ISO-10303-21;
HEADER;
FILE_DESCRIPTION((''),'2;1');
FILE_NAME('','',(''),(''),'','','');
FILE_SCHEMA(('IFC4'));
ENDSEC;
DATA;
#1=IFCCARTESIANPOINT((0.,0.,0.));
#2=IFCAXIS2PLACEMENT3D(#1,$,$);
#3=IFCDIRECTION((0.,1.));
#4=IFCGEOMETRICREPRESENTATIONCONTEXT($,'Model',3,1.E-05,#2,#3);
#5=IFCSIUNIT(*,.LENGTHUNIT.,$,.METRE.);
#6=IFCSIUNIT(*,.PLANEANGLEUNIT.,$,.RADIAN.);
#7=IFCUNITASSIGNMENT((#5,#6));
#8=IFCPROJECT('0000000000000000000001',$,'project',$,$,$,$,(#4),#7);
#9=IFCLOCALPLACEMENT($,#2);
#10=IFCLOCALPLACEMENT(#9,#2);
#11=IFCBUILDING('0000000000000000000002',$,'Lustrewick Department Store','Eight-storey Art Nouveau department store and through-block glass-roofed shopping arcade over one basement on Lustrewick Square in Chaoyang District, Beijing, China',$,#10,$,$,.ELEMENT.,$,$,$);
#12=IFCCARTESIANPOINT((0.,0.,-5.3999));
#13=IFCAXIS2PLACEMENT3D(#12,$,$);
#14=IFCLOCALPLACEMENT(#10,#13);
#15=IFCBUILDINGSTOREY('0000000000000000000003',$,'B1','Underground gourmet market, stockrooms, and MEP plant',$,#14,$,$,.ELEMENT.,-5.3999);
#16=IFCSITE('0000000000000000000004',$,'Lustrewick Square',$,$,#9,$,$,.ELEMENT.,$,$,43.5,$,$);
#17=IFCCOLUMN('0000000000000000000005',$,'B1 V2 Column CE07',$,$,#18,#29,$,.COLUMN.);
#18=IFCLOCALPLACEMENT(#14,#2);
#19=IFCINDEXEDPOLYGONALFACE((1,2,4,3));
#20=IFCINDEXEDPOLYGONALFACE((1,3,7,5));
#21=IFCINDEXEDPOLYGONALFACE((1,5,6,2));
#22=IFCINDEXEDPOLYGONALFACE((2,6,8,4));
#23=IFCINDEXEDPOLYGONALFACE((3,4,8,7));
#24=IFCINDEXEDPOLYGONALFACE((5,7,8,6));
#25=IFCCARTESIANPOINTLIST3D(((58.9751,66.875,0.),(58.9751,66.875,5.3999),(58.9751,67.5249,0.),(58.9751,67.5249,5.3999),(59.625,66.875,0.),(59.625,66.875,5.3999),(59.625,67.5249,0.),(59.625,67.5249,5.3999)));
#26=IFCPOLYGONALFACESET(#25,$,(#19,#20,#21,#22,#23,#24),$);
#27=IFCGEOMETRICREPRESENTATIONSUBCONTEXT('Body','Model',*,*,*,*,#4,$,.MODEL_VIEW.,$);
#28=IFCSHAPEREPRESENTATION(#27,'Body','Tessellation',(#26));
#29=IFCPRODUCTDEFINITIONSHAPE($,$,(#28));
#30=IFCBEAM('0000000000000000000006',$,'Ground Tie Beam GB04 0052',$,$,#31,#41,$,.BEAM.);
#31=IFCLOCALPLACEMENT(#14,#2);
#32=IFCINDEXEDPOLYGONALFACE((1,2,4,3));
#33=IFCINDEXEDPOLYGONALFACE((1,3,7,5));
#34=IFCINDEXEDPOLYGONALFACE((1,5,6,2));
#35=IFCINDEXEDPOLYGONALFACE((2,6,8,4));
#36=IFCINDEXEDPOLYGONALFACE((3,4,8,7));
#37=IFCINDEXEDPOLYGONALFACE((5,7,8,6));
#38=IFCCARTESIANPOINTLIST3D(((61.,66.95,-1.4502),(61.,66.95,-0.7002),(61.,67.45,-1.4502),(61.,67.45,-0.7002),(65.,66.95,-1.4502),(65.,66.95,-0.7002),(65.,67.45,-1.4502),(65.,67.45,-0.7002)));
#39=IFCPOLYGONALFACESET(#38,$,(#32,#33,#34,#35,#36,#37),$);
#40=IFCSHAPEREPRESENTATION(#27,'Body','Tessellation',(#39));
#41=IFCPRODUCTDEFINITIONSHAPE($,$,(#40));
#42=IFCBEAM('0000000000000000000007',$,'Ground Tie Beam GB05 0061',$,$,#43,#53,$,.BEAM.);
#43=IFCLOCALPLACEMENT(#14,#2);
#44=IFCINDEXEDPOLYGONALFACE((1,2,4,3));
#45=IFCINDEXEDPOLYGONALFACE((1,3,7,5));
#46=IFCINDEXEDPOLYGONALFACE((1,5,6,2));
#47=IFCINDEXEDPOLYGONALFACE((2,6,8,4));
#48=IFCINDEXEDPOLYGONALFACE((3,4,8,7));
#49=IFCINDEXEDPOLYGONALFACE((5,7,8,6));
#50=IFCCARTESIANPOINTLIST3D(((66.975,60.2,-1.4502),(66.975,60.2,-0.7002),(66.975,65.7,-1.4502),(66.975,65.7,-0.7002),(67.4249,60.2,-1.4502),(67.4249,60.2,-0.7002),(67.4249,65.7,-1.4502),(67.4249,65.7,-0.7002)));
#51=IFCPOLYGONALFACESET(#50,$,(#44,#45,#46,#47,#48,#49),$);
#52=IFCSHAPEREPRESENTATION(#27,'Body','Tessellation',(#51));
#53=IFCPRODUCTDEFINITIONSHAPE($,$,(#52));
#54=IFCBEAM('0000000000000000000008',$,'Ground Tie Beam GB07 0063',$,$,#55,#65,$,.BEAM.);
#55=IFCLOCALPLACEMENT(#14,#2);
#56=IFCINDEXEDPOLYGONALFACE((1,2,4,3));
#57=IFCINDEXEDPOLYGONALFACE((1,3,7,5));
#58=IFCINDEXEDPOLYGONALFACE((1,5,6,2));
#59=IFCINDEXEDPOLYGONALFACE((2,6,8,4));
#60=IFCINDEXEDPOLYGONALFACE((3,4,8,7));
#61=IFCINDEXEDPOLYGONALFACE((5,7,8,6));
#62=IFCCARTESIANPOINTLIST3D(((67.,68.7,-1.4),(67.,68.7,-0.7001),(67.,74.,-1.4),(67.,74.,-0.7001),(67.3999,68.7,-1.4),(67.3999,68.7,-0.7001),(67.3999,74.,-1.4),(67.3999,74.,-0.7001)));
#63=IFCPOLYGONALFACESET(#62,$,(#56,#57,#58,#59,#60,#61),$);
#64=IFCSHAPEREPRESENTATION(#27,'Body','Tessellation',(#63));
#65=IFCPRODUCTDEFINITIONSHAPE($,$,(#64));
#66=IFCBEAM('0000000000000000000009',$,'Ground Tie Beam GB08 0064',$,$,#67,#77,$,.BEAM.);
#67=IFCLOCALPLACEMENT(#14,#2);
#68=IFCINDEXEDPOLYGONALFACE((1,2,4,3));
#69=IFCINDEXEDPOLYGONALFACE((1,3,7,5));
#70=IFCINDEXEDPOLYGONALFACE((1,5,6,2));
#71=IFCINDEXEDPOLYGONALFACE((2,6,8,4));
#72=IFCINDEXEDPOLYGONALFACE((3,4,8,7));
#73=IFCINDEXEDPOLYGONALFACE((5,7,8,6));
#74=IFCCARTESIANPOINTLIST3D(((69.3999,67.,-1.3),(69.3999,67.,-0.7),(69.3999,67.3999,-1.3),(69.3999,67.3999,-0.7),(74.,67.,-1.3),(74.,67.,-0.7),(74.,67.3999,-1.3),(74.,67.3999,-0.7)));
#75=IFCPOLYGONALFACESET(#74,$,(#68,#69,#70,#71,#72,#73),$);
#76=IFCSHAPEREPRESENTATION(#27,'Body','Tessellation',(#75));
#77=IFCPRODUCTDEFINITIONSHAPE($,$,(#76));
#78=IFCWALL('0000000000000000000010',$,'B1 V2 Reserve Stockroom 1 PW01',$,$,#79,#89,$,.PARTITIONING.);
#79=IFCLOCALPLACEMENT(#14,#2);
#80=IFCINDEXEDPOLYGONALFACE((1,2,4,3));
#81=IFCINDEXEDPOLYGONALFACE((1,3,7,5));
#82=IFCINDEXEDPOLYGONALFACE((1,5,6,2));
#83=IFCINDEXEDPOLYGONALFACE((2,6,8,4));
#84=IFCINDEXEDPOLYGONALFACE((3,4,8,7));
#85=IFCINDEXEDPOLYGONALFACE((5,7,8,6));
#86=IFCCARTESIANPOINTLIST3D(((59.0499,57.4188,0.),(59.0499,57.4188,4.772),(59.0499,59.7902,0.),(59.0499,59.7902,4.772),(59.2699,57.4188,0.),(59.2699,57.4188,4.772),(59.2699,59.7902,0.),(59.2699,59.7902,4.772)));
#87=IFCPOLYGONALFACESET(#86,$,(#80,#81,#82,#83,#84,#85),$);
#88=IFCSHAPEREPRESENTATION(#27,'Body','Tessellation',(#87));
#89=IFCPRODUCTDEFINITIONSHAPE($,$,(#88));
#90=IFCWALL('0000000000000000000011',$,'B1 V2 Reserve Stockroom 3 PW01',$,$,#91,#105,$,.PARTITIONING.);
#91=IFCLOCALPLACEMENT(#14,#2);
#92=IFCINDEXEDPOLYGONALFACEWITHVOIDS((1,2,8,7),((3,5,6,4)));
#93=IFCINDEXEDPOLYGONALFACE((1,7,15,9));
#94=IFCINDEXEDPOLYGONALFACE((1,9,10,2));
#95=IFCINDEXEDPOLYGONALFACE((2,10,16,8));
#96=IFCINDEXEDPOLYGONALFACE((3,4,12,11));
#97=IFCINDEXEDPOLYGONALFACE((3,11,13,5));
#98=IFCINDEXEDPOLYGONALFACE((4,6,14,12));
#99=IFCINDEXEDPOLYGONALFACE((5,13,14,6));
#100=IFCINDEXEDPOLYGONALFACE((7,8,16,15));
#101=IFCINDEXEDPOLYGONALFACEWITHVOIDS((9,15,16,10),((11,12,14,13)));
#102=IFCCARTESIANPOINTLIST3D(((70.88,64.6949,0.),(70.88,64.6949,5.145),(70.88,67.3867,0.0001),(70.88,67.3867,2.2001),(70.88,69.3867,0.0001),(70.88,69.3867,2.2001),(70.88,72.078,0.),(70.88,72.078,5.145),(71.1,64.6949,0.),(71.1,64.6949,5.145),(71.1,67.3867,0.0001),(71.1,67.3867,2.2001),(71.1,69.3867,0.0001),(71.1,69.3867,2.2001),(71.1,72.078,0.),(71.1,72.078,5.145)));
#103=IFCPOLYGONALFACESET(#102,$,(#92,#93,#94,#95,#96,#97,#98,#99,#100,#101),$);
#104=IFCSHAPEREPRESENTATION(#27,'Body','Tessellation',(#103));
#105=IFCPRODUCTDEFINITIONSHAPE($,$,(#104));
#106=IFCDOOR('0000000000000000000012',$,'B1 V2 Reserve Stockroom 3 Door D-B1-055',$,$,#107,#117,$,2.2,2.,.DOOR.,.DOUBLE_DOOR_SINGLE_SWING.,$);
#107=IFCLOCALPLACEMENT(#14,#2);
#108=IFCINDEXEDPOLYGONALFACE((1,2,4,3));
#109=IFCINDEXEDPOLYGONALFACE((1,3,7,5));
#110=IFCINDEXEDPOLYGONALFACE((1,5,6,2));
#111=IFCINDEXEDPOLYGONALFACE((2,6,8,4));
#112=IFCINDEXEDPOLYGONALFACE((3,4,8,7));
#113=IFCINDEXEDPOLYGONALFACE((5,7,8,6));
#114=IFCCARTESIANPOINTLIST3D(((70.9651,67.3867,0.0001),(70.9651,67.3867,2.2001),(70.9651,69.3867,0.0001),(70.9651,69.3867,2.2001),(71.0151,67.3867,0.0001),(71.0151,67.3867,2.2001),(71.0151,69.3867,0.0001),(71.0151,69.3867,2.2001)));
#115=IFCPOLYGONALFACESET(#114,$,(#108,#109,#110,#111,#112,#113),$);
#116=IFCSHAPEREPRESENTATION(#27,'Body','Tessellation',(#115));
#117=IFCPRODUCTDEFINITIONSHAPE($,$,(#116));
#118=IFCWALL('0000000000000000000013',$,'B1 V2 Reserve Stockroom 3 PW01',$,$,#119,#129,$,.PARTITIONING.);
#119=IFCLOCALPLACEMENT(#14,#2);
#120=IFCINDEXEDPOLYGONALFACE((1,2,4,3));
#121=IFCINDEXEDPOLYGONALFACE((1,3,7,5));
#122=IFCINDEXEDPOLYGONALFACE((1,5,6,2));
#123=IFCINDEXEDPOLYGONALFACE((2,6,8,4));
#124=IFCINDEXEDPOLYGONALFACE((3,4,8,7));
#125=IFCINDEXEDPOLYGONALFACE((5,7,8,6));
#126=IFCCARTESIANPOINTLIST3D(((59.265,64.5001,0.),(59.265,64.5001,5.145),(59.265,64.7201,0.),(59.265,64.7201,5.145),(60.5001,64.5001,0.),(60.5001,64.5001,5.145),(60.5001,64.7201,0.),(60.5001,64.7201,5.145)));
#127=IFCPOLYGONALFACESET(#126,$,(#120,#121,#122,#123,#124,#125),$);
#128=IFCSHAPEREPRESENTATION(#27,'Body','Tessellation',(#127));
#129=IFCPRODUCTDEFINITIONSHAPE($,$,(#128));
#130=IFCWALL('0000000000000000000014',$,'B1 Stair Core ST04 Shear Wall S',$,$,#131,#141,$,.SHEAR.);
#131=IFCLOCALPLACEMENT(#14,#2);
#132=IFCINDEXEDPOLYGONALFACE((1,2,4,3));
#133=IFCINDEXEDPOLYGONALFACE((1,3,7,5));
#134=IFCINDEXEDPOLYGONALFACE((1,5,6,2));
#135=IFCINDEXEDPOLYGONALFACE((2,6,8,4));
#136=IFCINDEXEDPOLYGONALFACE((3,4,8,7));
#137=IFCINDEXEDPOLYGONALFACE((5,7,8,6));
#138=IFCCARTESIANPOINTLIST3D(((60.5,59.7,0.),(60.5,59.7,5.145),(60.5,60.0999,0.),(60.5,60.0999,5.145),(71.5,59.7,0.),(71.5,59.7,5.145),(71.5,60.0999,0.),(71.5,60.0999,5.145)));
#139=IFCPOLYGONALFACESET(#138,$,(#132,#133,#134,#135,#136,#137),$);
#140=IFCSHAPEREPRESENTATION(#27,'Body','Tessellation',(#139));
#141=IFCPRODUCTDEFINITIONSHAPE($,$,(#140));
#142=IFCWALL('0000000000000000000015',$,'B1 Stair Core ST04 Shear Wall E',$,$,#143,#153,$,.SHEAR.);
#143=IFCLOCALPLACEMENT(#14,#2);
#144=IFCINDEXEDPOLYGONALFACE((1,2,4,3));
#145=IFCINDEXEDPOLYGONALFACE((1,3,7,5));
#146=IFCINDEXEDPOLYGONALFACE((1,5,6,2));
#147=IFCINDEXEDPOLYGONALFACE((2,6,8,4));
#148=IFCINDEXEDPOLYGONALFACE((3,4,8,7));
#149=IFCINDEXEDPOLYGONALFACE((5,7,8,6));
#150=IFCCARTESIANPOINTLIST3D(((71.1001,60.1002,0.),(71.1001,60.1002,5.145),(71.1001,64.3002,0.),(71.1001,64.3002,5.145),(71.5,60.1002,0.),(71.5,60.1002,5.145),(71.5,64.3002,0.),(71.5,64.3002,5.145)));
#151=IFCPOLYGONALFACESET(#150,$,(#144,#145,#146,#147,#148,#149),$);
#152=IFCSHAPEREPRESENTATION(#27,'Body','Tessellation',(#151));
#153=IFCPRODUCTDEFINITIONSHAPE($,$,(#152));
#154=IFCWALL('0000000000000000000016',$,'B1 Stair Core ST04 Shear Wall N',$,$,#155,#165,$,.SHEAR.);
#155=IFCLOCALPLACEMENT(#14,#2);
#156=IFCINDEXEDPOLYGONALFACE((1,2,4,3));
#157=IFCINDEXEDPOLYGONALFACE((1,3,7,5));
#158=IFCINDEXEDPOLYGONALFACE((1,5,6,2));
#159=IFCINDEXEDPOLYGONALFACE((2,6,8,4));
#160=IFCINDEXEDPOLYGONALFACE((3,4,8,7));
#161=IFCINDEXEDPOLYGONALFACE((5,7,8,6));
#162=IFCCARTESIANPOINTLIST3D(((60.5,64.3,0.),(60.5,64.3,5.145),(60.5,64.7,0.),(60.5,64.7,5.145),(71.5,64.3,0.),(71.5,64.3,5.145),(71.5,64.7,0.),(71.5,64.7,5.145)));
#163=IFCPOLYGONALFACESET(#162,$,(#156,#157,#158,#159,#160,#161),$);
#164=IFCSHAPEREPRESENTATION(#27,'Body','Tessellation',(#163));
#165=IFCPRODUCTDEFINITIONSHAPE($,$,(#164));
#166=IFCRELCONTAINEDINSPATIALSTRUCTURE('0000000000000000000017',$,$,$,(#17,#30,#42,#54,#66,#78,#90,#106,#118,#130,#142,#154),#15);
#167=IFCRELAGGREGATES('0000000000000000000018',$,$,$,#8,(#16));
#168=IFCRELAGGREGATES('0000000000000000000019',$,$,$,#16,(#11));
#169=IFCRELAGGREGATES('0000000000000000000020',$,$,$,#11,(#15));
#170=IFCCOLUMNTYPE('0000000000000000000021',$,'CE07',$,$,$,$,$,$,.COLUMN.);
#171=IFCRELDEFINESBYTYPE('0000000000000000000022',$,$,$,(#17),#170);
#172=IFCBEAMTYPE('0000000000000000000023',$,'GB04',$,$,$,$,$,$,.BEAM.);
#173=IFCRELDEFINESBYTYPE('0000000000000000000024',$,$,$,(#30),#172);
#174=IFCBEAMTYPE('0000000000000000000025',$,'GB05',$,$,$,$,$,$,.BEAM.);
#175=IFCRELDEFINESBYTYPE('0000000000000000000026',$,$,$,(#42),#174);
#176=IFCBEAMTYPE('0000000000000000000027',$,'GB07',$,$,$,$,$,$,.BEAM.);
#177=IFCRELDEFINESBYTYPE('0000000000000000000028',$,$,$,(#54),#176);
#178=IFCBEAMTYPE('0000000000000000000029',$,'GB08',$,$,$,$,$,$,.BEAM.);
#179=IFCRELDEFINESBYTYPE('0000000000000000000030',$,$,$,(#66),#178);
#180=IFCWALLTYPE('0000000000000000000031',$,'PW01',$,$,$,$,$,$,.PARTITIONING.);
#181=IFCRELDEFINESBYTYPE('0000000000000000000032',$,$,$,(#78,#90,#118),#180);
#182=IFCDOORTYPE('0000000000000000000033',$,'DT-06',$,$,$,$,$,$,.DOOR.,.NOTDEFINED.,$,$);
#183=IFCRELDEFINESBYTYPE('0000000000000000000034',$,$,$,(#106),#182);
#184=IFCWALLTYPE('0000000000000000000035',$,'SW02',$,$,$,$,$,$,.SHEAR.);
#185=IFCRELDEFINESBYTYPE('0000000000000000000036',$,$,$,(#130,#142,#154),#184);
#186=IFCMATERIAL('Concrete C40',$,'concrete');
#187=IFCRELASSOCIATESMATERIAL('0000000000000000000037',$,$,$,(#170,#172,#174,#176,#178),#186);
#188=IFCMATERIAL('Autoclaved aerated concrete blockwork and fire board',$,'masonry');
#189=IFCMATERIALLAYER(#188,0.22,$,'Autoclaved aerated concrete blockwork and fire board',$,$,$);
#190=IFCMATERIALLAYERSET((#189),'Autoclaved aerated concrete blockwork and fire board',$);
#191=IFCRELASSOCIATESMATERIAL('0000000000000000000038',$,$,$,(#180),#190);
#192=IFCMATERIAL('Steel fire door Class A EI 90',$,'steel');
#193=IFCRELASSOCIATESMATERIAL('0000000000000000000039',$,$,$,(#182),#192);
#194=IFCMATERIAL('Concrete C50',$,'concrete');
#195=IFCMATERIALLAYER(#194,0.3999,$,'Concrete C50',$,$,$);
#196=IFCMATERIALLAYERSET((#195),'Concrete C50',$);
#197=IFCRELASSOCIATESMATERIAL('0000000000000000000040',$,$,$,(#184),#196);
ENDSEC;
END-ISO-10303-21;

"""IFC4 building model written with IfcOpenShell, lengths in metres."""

from ifc_helpers import new_model, si_unit, direction, frame, frame_2d, origin, origin_2d, place, context, subcontext, project, spatial, rectangle, extrude, material, layer, layer_set, material_profile, profile_set, type_object, element, fill, save


model = new_model("IFC4")

# Units and contexts
model_context = context("Model", 3, precision=1e-05, world=origin(), true_north=direction((0.0, 1.0)))
body_context = subcontext(model_context, "Body", "Model", "MODEL_VIEW")
ifc_project = project(units=[si_unit("LENGTHUNIT", "METRE"), si_unit("PLANEANGLEUNIT", "RADIAN")], contexts=[model_context])

# Site, building, storey
site_placement = place(None, origin())
site = spatial("IfcSite", under=ifc_project, at=site_placement, Name="Lustrewick Square", CompositionType="ELEMENT", RefElevation=43.5)
building_placement = place(site_placement, origin())
building = spatial("IfcBuilding", under=site, at=building_placement, Name="Lustrewick Department Store", Description="Eight-storey Art Nouveau department store and through-block glass-roofed shopping arcade over one basement on Lustrewick Square in Chaoyang District, Beijing, China", CompositionType="ELEMENT")
storey_placement = place(building_placement, frame((0.0, 0.0, -5.3999)))
storey = spatial("IfcBuildingStorey", under=building, at=storey_placement, Name="B1", Description="Underground gourmet market, stockrooms, and MEP plant", CompositionType="ELEMENT", Elevation=-5.3999)

# Shared definitions
ifc_material_1 = material(Name="Concrete C40", Category="concrete")

# Column
ifc_material_2 = material(Name="Concrete C50", Category="concrete")
ifc_material_profile_1 = material_profile(ifc_material_1, rectangle(XDim=0.6499, YDim=0.6499, at=origin_2d()), Name="RC 650x650")
ifc_profile_set_1 = profile_set([ifc_material_profile_1], Name="Concrete C40")
column_type_1 = type_object("IfcColumnType", Name="CE07", PredefinedType="COLUMN", material=ifc_profile_set_1)
column_1_placement = place(storey_placement, frame((59.3, 67.2, 0.0), z_axis=(0.0, 0.0, 1.0), x_axis=(1.0, 0.0, 0.0)))
element("IfcColumn", 1, at=column_1_placement, inside=storey, type_object=column_type_1, Name="B1 V2 Column CE07", PredefinedType="COLUMN", context=body_context, shape_type="SweptSolid", body=[
    extrude(rectangle(XDim=0.6499, YDim=0.6499, at=origin_2d()), origin(), (0.0, 0.0, 1.0), 5.3999),
])

# Beams
ifc_material_profile_2 = material_profile(ifc_material_1, rectangle(XDim=0.5, YDim=0.75, at=origin_2d()), Name="RC 500x750")
ifc_profile_set_2 = profile_set([ifc_material_profile_2], Name="Concrete C40")
beam_type_1 = type_object("IfcBeamType", Name="GB04", PredefinedType="BEAM", material=ifc_profile_set_2)
beam_1_placement = place(storey_placement, frame((61.0, 67.2, -1.0752), z_axis=(1.0, 0.0, 0.0), x_axis=(0.0, 1.0, 0.0)))
element("IfcBeam", 2, at=beam_1_placement, inside=storey, type_object=beam_type_1, Name="Ground Tie Beam GB04 0052", PredefinedType="BEAM", context=body_context, shape_type="SweptSolid", body=[
    extrude(rectangle(XDim=0.5, YDim=0.75, at=origin_2d()), origin(), (0.0, 0.0, 1.0), 4.0),
])
ifc_material_profile_3 = material_profile(ifc_material_1, rectangle(XDim=0.45, YDim=0.75, at=origin_2d()), Name="RC 450x750")
ifc_profile_set_3 = profile_set([ifc_material_profile_3], Name="Concrete C40")
beam_type_2 = type_object("IfcBeamType", Name="GB05", PredefinedType="BEAM", material=ifc_profile_set_3)
beam_2_placement = place(storey_placement, frame((67.2, 60.2, -1.0752), z_axis=(0.0, 1.0, 0.0), x_axis=(-1.0, 0.0, 0.0)))
element("IfcBeam", 3, at=beam_2_placement, inside=storey, type_object=beam_type_2, Name="Ground Tie Beam GB05 0061", PredefinedType="BEAM", context=body_context, shape_type="SweptSolid", body=[
    extrude(rectangle(XDim=0.45, YDim=0.75, at=origin_2d()), origin(), (0.0, 0.0, 1.0), 5.5),
])
ifc_material_profile_4 = material_profile(ifc_material_1, rectangle(XDim=0.3999, YDim=0.7, at=origin_2d()), Name="RC 400x700")
ifc_profile_set_4 = profile_set([ifc_material_profile_4], Name="Concrete C40")
beam_type_3 = type_object("IfcBeamType", Name="GB07", PredefinedType="BEAM", material=ifc_profile_set_4)
beam_3_placement = place(storey_placement, frame((67.2, 68.7, -1.05), z_axis=(0.0, 1.0, 0.0), x_axis=(-1.0, 0.0, 0.0)))
element("IfcBeam", 4, at=beam_3_placement, inside=storey, type_object=beam_type_3, Name="Ground Tie Beam GB07 0063", PredefinedType="BEAM", context=body_context, shape_type="SweptSolid", body=[
    extrude(rectangle(XDim=0.3999, YDim=0.7, at=origin_2d()), origin(), (0.0, 0.0, 1.0), 5.3),
])
ifc_material_profile_5 = material_profile(ifc_material_1, rectangle(XDim=0.3999, YDim=0.6001, at=origin_2d()), Name="RC 400x600")
ifc_profile_set_5 = profile_set([ifc_material_profile_5], Name="Concrete C40")
beam_type_4 = type_object("IfcBeamType", Name="GB08", PredefinedType="BEAM", material=ifc_profile_set_5)
beam_4_placement = place(storey_placement, frame((69.3999, 67.2, -1.0), z_axis=(1.0, 0.0, 0.0), x_axis=(0.0, 1.0, 0.0)))
element("IfcBeam", 5, at=beam_4_placement, inside=storey, type_object=beam_type_4, Name="Ground Tie Beam GB08 0064", PredefinedType="BEAM", context=body_context, shape_type="SweptSolid", body=[
    extrude(rectangle(XDim=0.3999, YDim=0.6001, at=origin_2d()), origin(), (0.0, 0.0, 1.0), 4.6001),
])

# Wall
ifc_material_3 = material(Name="Autoclaved aerated concrete blockwork and fire board", Category="masonry")
ifc_layer_1 = layer(ifc_material_3, 0.22, Name="Autoclaved aerated concrete blockwork and fire board")
ifc_layer_set_1 = layer_set([ifc_layer_1], Name="Autoclaved aerated concrete blockwork and fire board")
wall_type_1 = type_object("IfcWallType", Name="PW01", PredefinedType="PARTITIONING", material=ifc_layer_set_1)
wall_1_placement = place(storey_placement, frame((59.1599, 59.79, 0.0), z_axis=(0.0, 0.0, 1.0), x_axis=(0.0, -1.0, 0.0)))
element("IfcWall", 6, at=wall_1_placement, inside=storey, type_object=wall_type_1, Name="B1 V2 Reserve Stockroom 1 PW01", PredefinedType="PARTITIONING", context=body_context, shape_type="SweptSolid", body=[
    extrude(rectangle(XDim=2.3713, YDim=0.22, at=frame_2d((1.1855, 0.0))), origin(), (0.0, 0.0, 1.0), 4.772),
])

# Wall, opening, door
wall_2_placement = place(storey_placement, frame((70.99, 64.6951, 0.0), z_axis=(0.0, 0.0, 1.0), x_axis=(0.0, 1.0, 0.0)))
wall_2 = element("IfcWall", 7, at=wall_2_placement, inside=storey, type_object=wall_type_1, Name="B1 V2 Reserve Stockroom 3 PW01", PredefinedType="PARTITIONING", context=body_context, shape_type="SweptSolid", body=[
    extrude(rectangle(XDim=7.3831, YDim=0.22, at=frame_2d((3.6914, 0.0))), origin(), (0.0, 0.0, 1.0), 5.145),
])
opening_1_placement = place(wall_2_placement, frame((2.6917, 0.0, 0.0)))
opening_1 = element("IfcOpeningElement", 8, at=opening_1_placement, cuts=wall_2, PredefinedType="OPENING", context=body_context, shape_type="SweptSolid", body=[
    extrude(rectangle(XDim=2.0, YDim=2.2, at=frame_2d((1.0, 1.1001))), frame((0.0, 0.1201, 0.0), z_axis=(0.0, -1.0, 0.0), x_axis=(1.0, 0.0, 0.0)), (0.0, 0.0, 1.0), 0.24),
])
ifc_material_4 = material(Name="Steel fire door Class A EI 90", Category="steel")
door_type_1 = type_object("IfcDoorType", Name="DT-06", OperationType="NOTDEFINED", PredefinedType="DOOR", material=ifc_material_4)
door_1_placement = place(opening_1_placement, origin())
door_1 = element("IfcDoor", 9, at=door_1_placement, inside=storey, type_object=door_type_1, Name="B1 V2 Reserve Stockroom 3 Door D-B1-055", OperationType="DOUBLE_DOOR_SINGLE_SWING", OverallHeight=2.2, OverallWidth=2.0, PredefinedType="DOOR", context=body_context, shape_type="SweptSolid", body=[
    extrude(rectangle(XDim=2.0, YDim=2.2, at=frame_2d((1.0, 1.1001))), frame((0.0, 0.0249, 0.0), z_axis=(0.0, -1.0, 0.0), x_axis=(1.0, 0.0, 0.0)), (0.0, 0.0, 1.0), 0.05),
])
fill(opening_1, door_1)

# Walls
wall_3_placement = place(storey_placement, frame((59.2649, 64.6101, 0.0), z_axis=(0.0, 0.0, 1.0), x_axis=(1.0, 0.0, 0.0)))
element("IfcWall", 10, at=wall_3_placement, inside=storey, type_object=wall_type_1, Name="B1 V2 Reserve Stockroom 3 PW01", PredefinedType="PARTITIONING", context=body_context, shape_type="SweptSolid", body=[
    extrude(rectangle(XDim=1.2351, YDim=0.22, at=frame_2d((0.6177, 0.0))), origin(), (0.0, 0.0, 1.0), 5.145),
])
ifc_layer_2 = layer(ifc_material_2, 0.3999, Name="Concrete C50")
ifc_layer_set_2 = layer_set([ifc_layer_2], Name="Concrete C50")
wall_type_2 = type_object("IfcWallType", Name="SW02", PredefinedType="SHEAR", material=ifc_layer_set_2)
wall_4_placement = place(storey_placement, frame((60.5, 59.8999, 0.0), z_axis=(0.0, 0.0, 1.0), x_axis=(1.0, 0.0, 0.0)))
element("IfcWall", 11, at=wall_4_placement, inside=storey, type_object=wall_type_2, Name="B1 Stair Core ST04 Shear Wall S", PredefinedType="SHEAR", context=body_context, shape_type="SweptSolid", body=[
    extrude(rectangle(XDim=11.0, YDim=0.3999, at=frame_2d((5.5, 0.0))), origin(), (0.0, 0.0, 1.0), 5.145),
])
wall_5_placement = place(storey_placement, frame((71.3, 60.1001, 0.0), z_axis=(0.0, 0.0, 1.0), x_axis=(0.0, 1.0, 0.0)))
element("IfcWall", 12, at=wall_5_placement, inside=storey, type_object=wall_type_2, Name="B1 Stair Core ST04 Shear Wall E", PredefinedType="SHEAR", context=body_context, shape_type="SweptSolid", body=[
    extrude(rectangle(XDim=4.2, YDim=0.3999, at=frame_2d((2.1001, 0.0))), origin(), (0.0, 0.0, 1.0), 5.145),
])
wall_6_placement = place(storey_placement, frame((71.5, 64.5, 0.0), z_axis=(0.0, 0.0, 1.0), x_axis=(-1.0, 0.0, 0.0)))
element("IfcWall", 13, at=wall_6_placement, inside=storey, type_object=wall_type_2, Name="B1 Stair Core ST04 Shear Wall N", PredefinedType="SHEAR", context=body_context, shape_type="SweptSolid", body=[
    extrude(rectangle(XDim=11.0, YDim=0.3999, at=frame_2d((5.5, 0.0))), origin(), (0.0, 0.0, 1.0), 5.145),
])

save(model, "model.ifc")
